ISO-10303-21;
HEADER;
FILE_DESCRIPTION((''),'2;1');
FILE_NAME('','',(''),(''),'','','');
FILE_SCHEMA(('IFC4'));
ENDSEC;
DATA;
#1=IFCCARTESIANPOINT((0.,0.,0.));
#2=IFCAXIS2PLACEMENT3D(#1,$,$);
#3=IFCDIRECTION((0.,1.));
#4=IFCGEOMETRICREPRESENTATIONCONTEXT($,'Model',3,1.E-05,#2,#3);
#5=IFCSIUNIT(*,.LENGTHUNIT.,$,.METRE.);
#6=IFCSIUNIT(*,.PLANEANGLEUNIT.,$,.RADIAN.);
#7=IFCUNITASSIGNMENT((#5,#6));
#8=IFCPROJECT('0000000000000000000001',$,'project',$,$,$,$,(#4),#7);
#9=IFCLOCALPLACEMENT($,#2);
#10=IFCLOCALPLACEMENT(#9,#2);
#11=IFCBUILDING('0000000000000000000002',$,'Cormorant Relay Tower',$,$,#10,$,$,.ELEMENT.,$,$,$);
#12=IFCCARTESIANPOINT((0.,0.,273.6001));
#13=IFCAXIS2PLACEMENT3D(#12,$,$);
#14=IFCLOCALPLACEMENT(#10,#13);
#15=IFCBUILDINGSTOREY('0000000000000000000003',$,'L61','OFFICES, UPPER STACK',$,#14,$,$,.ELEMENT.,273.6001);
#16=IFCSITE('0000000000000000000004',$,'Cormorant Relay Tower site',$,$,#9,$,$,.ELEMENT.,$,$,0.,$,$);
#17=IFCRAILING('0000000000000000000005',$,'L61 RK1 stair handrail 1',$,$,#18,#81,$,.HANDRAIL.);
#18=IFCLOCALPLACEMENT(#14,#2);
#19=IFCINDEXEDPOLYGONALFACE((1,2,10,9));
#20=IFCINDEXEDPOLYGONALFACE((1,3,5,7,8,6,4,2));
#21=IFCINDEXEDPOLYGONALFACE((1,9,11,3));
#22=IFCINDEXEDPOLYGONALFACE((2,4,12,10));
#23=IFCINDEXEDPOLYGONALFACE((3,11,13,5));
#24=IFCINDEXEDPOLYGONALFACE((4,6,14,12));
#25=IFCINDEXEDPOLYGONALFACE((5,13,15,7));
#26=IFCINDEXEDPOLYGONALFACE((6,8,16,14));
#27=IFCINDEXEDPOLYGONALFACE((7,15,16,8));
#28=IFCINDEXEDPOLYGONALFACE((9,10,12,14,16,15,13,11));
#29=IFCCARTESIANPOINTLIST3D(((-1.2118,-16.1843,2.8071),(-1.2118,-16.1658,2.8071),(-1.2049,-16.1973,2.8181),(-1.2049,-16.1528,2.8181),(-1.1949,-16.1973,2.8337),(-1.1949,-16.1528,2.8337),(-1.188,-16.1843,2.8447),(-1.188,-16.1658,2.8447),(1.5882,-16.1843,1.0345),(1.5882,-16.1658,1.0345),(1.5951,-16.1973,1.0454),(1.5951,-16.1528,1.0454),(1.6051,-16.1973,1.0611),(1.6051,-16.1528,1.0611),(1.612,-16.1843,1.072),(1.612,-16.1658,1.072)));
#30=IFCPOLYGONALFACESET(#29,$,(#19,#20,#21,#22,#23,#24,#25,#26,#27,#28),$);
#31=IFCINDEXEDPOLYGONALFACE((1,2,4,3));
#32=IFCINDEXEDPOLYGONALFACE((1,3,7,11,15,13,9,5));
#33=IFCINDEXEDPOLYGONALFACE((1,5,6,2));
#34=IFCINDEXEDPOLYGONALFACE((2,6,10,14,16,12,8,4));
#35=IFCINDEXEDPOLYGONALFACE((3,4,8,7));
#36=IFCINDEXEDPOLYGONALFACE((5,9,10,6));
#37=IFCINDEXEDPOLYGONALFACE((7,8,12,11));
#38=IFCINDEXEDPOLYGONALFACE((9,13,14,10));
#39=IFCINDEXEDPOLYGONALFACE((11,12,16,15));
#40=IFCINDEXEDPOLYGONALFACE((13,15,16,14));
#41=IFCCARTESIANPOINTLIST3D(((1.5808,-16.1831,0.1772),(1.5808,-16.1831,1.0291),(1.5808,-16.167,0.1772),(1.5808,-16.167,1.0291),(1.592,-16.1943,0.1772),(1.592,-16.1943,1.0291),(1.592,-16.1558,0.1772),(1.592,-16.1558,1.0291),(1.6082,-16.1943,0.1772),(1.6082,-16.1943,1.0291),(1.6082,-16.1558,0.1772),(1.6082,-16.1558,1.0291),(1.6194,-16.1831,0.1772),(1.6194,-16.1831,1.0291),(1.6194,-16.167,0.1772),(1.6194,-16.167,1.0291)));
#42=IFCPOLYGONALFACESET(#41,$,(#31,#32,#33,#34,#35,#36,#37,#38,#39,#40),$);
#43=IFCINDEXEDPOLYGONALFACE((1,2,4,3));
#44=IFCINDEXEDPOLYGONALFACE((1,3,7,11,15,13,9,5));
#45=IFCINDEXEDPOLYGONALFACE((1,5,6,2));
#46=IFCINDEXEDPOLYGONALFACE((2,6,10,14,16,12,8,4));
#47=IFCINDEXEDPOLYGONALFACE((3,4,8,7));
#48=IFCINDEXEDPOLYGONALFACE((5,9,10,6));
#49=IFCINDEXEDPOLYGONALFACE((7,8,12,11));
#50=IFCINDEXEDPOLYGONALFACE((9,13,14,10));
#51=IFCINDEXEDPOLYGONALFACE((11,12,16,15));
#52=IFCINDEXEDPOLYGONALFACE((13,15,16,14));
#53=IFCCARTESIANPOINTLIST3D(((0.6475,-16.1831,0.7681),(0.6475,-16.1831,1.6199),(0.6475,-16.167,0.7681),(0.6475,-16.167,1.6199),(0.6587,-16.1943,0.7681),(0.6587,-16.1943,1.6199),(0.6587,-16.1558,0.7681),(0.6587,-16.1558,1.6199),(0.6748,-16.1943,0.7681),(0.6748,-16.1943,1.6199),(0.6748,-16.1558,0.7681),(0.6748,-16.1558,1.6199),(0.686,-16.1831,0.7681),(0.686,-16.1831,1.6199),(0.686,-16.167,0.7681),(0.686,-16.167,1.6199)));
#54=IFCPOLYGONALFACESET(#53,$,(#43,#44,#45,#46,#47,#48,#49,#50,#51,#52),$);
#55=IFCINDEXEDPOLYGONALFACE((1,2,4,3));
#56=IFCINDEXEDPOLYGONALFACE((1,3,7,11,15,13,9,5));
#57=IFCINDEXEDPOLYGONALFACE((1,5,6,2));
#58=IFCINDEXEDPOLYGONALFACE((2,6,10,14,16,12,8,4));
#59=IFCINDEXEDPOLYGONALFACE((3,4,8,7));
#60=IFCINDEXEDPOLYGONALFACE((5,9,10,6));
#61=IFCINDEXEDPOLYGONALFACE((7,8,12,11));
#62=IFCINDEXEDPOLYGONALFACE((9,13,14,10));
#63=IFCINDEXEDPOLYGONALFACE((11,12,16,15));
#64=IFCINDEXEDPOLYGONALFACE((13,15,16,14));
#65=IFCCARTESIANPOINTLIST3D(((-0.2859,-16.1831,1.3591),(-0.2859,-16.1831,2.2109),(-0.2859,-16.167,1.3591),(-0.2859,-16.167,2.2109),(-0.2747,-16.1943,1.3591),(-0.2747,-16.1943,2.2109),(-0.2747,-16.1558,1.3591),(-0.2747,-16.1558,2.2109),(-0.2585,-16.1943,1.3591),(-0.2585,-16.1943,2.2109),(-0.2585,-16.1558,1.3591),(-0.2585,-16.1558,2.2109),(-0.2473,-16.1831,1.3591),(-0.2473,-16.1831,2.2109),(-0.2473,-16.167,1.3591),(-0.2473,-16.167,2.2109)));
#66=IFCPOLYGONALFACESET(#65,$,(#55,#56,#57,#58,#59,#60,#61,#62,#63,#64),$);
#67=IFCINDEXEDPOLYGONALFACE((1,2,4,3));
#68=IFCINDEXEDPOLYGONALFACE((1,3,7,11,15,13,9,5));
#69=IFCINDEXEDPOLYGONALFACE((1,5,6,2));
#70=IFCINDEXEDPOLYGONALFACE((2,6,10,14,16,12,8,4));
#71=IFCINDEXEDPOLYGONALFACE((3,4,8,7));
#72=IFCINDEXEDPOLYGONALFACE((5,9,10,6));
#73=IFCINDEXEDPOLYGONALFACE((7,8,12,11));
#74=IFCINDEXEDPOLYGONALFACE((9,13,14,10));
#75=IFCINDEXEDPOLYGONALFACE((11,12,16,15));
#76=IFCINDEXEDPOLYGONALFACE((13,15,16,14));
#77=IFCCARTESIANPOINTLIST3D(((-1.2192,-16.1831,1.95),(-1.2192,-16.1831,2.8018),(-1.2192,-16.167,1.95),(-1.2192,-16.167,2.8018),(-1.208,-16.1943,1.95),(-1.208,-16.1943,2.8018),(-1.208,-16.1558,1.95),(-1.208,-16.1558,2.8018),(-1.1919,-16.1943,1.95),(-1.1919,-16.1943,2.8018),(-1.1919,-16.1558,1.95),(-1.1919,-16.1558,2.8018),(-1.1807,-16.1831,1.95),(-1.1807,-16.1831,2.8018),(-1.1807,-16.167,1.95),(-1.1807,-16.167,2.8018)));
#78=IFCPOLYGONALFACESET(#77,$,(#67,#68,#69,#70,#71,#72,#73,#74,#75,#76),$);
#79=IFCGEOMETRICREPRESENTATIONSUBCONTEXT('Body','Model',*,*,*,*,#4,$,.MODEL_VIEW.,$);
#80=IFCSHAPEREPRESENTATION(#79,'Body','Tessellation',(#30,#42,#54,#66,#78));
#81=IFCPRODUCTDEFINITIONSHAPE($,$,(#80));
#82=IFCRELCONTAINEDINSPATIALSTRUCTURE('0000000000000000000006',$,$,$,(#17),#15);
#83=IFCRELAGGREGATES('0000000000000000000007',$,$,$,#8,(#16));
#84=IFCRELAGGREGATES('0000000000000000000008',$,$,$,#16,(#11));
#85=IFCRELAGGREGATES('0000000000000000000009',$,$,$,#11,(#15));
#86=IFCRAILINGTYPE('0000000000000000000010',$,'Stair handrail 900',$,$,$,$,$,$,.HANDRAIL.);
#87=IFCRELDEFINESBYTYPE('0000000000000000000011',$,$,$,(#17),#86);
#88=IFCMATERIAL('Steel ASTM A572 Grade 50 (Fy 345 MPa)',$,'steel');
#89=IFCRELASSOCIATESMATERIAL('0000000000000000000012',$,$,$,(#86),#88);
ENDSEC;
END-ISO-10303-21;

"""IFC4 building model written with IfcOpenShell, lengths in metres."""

from ifc_helpers import new_model, si_unit, direction, frame, origin, place, context, subcontext, project, spatial, polyline, outline, extrude, material, type_object, element, save


model = new_model("IFC4")

# Units and contexts
model_context = context("Model", 3, precision=1e-05, world=origin(), true_north=direction((0.0, 1.0)))
body_context = subcontext(model_context, "Body", "Model", "MODEL_VIEW")
ifc_project = project(units=[si_unit("LENGTHUNIT", "METRE"), si_unit("PLANEANGLEUNIT", "RADIAN")], contexts=[model_context])

# Site, building, storey
site_placement = place(None, origin())
site = spatial("IfcSite", under=ifc_project, at=site_placement, Name="Cormorant Relay Tower site", CompositionType="ELEMENT", RefElevation=0.0)
building_placement = place(site_placement, origin())
building = spatial("IfcBuilding", under=site, at=building_placement, Name="Cormorant Relay Tower", CompositionType="ELEMENT")
storey_placement = place(building_placement, frame((0.0, 0.0, 273.6001)))
storey = spatial("IfcBuildingStorey", under=building, at=storey_placement, Name="L61", Description="OFFICES, UPPER STACK", CompositionType="ELEMENT", Elevation=273.6001)

# Railing
ifc_material_1 = material(Name="Steel ASTM A572 Grade 50 (Fy 345 MPa)", Category="steel")
railing_type = type_object("IfcRailingType", Name="Stair handrail 900", PredefinedType="HANDRAIL", material=ifc_material_1)
railing_placement = place(storey_placement, frame((1.6001, -16.175, 0.1772)))
element("IfcRailing", 1, at=railing_placement, inside=storey, type_object=railing_type, Name="L61 RK1 stair handrail 1", PredefinedType="HANDRAIL", context=body_context, shape_type="SweptSolid", body=[
    extrude(outline(polyline([(0.0222, 0.0093), (0.0093, 0.0222), (-0.0093, 0.0222), (-0.0222, 0.0093), (-0.0222, -0.0093), (-0.0093, -0.0222), (0.0093, -0.0222), (0.0222, -0.0093), (0.0222, 0.0093)])), frame((0.0, 0.0, 0.876), z_axis=(-0.844909, 0.0, 0.53491), x_axis=(0.0, -1.0, 0.0)), (0.0, 0.0, 1.0), 3.314),
    extrude(outline(polyline([(0.0193, 0.0081), (0.0081, 0.0193), (-0.0081, 0.0193), (-0.0193, 0.0081), (-0.0193, -0.0081), (-0.0081, -0.0193), (0.0081, -0.0193), (0.0193, -0.0081), (0.0193, 0.0081)])), origin(), (0.0, 0.0, 1.0), 0.8518),
    extrude(outline(polyline([(0.0193, 0.0081), (0.0081, 0.0193), (-0.0081, 0.0193), (-0.0193, 0.0081), (-0.0193, -0.0081), (-0.0081, -0.0193), (0.0081, -0.0193), (0.0193, -0.0081), (0.0193, 0.0081)])), frame((-0.9333, 0.0, 0.5908)), (0.0, 0.0, 1.0), 0.8518),
    extrude(outline(polyline([(0.0193, 0.0081), (0.0081, 0.0193), (-0.0081, 0.0193), (-0.0193, 0.0081), (-0.0193, -0.0081), (-0.0081, -0.0193), (0.0081, -0.0193), (0.0193, -0.0081), (0.0193, 0.0081)])), frame((-1.8667, 0.0, 1.1819)), (0.0, 0.0, 1.0), 0.8518),
    extrude(outline(polyline([(0.0193, 0.0081), (0.0081, 0.0193), (-0.0081, 0.0193), (-0.0193, 0.0081), (-0.0193, -0.0081), (-0.0081, -0.0193), (0.0081, -0.0193), (0.0193, -0.0081), (0.0193, 0.0081)])), frame((-2.8, 0.0, 1.7727)), (0.0, 0.0, 1.0), 0.8518),
])

save(model, "model.ifc")
